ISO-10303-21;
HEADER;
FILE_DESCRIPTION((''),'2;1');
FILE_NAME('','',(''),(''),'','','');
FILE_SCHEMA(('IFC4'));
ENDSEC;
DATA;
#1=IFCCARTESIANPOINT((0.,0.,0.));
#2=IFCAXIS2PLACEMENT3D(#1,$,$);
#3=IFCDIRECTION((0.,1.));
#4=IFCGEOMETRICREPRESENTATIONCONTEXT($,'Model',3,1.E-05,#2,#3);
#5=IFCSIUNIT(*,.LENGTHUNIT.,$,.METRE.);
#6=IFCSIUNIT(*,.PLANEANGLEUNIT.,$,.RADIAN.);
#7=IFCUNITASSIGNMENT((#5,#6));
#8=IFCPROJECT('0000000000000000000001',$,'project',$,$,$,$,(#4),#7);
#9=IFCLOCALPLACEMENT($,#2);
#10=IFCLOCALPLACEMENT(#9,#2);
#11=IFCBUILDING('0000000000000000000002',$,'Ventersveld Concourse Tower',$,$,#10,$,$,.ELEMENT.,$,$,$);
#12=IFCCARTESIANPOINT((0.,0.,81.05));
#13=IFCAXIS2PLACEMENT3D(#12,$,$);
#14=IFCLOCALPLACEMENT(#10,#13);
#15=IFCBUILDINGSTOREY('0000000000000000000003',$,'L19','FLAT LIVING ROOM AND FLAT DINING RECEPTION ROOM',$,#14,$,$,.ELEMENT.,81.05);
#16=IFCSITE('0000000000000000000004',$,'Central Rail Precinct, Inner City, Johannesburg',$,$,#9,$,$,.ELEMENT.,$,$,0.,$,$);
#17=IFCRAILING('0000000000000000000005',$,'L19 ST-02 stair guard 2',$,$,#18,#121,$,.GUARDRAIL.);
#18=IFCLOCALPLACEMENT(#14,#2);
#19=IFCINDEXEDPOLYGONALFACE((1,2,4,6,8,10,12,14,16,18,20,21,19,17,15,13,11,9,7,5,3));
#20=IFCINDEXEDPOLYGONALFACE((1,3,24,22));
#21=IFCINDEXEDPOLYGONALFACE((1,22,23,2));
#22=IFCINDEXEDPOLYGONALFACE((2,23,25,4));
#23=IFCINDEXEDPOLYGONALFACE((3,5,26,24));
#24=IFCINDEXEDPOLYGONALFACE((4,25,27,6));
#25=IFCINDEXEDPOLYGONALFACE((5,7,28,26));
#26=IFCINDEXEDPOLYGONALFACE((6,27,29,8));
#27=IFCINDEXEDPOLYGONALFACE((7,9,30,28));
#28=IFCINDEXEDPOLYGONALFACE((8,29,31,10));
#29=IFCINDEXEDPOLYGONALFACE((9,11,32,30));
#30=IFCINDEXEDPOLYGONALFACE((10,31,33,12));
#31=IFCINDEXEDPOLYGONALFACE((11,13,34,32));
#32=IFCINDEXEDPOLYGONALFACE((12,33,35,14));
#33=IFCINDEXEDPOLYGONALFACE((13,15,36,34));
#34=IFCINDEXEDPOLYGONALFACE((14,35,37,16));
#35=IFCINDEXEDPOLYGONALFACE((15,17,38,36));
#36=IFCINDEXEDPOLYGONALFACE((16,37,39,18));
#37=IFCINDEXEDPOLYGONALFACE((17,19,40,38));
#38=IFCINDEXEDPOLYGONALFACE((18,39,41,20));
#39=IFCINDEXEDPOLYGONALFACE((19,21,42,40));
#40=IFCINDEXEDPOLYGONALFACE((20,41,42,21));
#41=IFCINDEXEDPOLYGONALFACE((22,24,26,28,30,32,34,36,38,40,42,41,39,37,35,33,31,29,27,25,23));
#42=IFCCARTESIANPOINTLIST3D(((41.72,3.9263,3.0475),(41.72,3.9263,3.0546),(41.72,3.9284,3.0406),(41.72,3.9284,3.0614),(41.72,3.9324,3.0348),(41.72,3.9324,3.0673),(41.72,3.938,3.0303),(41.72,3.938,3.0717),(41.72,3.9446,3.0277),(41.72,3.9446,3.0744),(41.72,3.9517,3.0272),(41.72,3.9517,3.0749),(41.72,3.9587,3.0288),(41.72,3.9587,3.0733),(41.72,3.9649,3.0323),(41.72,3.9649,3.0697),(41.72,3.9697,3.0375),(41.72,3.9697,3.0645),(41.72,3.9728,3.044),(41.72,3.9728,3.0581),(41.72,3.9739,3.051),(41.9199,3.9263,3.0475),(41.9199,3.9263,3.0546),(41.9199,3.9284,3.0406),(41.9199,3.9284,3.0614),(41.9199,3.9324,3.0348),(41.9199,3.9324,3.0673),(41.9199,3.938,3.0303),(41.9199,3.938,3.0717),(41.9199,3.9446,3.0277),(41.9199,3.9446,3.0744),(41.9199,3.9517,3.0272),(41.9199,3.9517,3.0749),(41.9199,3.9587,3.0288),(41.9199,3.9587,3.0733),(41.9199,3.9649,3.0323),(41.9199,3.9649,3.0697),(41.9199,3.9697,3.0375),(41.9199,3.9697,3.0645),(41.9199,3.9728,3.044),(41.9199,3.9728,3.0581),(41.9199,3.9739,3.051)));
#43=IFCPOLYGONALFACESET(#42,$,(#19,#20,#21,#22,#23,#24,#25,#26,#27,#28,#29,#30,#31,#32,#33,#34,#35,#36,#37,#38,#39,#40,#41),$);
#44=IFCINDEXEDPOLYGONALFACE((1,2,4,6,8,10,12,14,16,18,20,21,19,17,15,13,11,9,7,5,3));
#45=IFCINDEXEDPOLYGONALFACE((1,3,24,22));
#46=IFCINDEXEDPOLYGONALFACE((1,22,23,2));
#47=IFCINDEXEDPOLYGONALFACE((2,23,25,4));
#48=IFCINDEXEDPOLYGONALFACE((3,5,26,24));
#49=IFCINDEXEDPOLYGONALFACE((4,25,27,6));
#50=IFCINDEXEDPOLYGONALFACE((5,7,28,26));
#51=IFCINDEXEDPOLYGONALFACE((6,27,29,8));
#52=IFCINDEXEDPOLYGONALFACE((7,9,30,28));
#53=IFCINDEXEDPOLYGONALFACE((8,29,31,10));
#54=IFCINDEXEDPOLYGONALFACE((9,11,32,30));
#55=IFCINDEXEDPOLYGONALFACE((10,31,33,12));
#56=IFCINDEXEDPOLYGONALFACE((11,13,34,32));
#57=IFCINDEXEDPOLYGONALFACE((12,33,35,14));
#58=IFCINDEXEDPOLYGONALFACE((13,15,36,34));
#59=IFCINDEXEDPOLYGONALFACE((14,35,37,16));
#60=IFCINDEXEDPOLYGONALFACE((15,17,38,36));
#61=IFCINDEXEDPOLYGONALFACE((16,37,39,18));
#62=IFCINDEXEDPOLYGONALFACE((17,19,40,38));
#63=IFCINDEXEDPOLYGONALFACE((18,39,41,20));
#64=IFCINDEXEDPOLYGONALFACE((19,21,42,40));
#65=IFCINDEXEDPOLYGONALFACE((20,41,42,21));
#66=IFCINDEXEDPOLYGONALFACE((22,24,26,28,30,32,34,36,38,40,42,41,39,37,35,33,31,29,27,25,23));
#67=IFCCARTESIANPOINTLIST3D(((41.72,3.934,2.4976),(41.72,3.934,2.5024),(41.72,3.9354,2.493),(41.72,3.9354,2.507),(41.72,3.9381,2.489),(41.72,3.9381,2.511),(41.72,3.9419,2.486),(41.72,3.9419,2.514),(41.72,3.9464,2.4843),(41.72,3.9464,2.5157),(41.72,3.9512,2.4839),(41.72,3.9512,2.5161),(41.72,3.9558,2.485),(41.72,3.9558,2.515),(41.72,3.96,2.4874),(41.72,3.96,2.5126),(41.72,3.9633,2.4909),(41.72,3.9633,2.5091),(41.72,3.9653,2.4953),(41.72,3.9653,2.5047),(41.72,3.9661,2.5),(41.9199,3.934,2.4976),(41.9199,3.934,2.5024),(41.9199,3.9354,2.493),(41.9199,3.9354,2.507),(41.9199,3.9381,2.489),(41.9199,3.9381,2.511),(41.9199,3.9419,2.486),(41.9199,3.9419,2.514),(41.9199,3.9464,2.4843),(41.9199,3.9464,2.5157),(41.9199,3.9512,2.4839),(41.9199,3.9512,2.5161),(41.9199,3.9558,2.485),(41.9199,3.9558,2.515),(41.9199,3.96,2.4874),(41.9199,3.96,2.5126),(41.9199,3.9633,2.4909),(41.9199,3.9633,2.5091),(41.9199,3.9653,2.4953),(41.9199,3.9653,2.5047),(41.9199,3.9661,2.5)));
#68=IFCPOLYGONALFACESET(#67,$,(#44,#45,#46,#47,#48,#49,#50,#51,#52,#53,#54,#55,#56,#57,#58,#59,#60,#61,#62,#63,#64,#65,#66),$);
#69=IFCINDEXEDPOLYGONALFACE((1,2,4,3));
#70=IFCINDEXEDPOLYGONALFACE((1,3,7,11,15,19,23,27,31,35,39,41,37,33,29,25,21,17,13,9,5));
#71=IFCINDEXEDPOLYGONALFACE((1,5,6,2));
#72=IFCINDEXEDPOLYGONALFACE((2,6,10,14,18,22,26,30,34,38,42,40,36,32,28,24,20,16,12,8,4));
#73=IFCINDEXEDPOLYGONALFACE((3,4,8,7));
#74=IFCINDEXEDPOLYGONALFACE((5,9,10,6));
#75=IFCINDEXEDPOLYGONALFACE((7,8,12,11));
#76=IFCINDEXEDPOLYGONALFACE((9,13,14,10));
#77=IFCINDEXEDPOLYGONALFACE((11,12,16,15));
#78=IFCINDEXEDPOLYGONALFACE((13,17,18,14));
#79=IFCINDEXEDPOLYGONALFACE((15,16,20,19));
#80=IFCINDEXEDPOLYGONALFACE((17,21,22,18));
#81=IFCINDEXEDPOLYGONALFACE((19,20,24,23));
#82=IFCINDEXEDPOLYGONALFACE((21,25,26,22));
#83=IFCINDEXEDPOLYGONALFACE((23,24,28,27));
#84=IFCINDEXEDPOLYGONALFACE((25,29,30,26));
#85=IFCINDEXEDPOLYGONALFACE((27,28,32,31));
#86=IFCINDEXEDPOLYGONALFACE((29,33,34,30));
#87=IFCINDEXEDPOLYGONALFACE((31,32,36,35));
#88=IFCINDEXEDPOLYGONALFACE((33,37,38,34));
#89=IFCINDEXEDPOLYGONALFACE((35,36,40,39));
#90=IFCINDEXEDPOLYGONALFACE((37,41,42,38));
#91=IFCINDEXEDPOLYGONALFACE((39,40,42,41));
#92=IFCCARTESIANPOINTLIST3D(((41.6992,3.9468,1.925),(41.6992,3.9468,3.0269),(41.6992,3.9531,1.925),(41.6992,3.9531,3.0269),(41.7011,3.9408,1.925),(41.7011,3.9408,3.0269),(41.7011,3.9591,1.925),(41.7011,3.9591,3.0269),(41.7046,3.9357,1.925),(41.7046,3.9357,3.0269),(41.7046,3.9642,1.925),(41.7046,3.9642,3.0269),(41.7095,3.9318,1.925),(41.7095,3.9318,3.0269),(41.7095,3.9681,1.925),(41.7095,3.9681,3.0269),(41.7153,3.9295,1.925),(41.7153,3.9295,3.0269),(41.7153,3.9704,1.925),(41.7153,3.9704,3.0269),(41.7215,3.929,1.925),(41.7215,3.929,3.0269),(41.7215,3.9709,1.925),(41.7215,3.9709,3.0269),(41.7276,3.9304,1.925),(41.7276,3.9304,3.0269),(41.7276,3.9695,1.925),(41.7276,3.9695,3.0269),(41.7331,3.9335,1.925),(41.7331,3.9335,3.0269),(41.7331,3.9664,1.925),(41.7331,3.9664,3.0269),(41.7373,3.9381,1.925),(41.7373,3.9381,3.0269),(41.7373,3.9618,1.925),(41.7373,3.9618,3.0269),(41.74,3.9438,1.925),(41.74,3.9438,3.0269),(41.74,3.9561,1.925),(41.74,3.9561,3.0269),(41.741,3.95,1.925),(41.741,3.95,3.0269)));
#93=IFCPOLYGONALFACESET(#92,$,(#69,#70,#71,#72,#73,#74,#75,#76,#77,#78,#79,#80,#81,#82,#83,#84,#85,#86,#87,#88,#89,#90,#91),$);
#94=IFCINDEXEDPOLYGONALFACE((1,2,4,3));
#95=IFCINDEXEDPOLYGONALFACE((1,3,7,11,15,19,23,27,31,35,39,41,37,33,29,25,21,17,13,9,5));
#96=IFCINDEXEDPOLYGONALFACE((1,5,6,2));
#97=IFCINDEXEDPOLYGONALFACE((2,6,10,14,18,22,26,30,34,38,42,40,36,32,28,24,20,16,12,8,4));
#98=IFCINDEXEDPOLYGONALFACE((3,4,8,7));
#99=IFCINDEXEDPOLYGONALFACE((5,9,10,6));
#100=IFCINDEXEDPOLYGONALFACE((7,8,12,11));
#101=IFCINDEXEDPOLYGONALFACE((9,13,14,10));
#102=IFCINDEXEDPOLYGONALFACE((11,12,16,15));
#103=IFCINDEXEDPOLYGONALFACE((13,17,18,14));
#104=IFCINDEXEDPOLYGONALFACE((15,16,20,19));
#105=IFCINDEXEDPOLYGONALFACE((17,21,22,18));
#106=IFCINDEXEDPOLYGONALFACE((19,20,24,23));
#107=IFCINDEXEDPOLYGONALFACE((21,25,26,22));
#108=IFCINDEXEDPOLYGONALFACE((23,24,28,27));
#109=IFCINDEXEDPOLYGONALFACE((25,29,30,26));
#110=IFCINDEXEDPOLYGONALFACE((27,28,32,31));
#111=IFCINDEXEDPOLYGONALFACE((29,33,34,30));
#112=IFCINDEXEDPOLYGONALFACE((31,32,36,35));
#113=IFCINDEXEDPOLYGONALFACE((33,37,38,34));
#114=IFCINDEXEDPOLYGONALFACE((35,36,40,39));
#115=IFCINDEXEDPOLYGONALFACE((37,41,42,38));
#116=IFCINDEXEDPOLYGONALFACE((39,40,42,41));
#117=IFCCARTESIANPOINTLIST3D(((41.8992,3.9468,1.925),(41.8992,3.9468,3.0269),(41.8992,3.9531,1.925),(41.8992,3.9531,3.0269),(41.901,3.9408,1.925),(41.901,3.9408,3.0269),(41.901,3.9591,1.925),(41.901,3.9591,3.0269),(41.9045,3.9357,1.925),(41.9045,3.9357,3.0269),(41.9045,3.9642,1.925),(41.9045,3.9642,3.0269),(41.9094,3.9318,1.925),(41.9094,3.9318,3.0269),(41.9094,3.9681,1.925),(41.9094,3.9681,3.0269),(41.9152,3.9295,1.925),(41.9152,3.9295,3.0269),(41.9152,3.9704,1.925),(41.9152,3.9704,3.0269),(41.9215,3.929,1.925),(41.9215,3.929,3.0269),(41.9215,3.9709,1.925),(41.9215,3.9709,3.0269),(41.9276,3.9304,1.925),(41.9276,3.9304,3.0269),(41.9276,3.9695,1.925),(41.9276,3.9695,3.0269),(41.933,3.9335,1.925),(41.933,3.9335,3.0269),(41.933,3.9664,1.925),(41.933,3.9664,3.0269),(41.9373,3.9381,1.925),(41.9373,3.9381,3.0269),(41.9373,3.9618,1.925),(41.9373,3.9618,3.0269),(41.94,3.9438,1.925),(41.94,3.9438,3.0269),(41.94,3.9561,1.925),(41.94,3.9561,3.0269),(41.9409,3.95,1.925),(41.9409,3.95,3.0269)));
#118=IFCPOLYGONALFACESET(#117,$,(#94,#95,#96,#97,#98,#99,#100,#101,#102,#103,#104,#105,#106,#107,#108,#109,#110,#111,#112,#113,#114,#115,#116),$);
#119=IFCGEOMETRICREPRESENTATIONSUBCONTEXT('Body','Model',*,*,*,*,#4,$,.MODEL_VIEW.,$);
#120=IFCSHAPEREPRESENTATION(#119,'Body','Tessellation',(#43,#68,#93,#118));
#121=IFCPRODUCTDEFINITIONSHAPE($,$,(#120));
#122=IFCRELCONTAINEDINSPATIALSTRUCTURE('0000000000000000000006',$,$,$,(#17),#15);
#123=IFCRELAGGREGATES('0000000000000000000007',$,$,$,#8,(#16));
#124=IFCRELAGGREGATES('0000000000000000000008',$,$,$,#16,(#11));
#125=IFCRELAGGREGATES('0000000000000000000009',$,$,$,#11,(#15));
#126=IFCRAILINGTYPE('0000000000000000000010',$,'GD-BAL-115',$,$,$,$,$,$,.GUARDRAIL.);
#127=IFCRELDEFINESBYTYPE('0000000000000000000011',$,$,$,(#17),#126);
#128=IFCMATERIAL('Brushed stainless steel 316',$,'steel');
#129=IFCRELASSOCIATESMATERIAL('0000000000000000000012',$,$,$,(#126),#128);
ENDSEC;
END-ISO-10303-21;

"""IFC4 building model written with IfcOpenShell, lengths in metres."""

from ifc_helpers import new_model, si_unit, direction, frame, origin, origin_2d, place, context, subcontext, project, spatial, circle, extrude, material, type_object, element, save


model = new_model("IFC4")

# Units and contexts
model_context = context("Model", 3, precision=1e-05, world=origin(), true_north=direction((0.0, 1.0)))
body_context = subcontext(model_context, "Body", "Model", "MODEL_VIEW")
ifc_project = project(units=[si_unit("LENGTHUNIT", "METRE"), si_unit("PLANEANGLEUNIT", "RADIAN")], contexts=[model_context])

# Site, building, storey
site_placement = place(None, origin())
site = spatial("IfcSite", under=ifc_project, at=site_placement, Name="Central Rail Precinct, Inner City, Johannesburg", CompositionType="ELEMENT", RefElevation=0.0)
building_placement = place(site_placement, origin())
building = spatial("IfcBuilding", under=site, at=building_placement, Name="Ventersveld Concourse Tower", CompositionType="ELEMENT")
storey_placement = place(building_placement, frame((0.0, 0.0, 81.05)))
storey = spatial("IfcBuildingStorey", under=building, at=storey_placement, Name="L19", Description="FLAT LIVING ROOM AND FLAT DINING RECEPTION ROOM", CompositionType="ELEMENT", Elevation=81.05)

# Railing
ifc_material_1 = material(Name="Brushed stainless steel 316", Category="steel")
railing_type_1 = type_object("IfcRailingType", Name="GD-BAL-115", PredefinedType="GUARDRAIL", material=ifc_material_1)
railing_1_placement = place(storey_placement, frame((41.72, 3.95, 1.925)))
element("IfcRailing", 1, at=railing_1_placement, inside=storey, type_object=railing_type_1, Name="L19 ST-02 stair guard 2", PredefinedType="GUARDRAIL", context=body_context, shape_type="SweptSolid", body=[
    extrude(circle(Radius=0.0239, at=origin_2d()), frame((0.0, 0.0, 1.126), z_axis=(1.0, 0.0, 0.0), x_axis=(0.0, 1.0, 0.0)), (0.0, 0.0, 1.0), 0.2),
    extrude(circle(Radius=0.0161, at=origin_2d()), frame((0.0, 0.0, 0.575), z_axis=(1.0, 0.0, 0.0), x_axis=(0.0, 1.0, 0.0)), (0.0, 0.0, 1.0), 0.2),
    extrude(circle(Radius=0.021, at=origin_2d()), origin(), (0.0, 0.0, 1.0), 1.1018),
    extrude(circle(Radius=0.021, at=origin_2d()), frame((0.2, 0.0, 0.0)), (0.0, 0.0, 1.0), 1.1018),
])

save(model, "model.ifc")
